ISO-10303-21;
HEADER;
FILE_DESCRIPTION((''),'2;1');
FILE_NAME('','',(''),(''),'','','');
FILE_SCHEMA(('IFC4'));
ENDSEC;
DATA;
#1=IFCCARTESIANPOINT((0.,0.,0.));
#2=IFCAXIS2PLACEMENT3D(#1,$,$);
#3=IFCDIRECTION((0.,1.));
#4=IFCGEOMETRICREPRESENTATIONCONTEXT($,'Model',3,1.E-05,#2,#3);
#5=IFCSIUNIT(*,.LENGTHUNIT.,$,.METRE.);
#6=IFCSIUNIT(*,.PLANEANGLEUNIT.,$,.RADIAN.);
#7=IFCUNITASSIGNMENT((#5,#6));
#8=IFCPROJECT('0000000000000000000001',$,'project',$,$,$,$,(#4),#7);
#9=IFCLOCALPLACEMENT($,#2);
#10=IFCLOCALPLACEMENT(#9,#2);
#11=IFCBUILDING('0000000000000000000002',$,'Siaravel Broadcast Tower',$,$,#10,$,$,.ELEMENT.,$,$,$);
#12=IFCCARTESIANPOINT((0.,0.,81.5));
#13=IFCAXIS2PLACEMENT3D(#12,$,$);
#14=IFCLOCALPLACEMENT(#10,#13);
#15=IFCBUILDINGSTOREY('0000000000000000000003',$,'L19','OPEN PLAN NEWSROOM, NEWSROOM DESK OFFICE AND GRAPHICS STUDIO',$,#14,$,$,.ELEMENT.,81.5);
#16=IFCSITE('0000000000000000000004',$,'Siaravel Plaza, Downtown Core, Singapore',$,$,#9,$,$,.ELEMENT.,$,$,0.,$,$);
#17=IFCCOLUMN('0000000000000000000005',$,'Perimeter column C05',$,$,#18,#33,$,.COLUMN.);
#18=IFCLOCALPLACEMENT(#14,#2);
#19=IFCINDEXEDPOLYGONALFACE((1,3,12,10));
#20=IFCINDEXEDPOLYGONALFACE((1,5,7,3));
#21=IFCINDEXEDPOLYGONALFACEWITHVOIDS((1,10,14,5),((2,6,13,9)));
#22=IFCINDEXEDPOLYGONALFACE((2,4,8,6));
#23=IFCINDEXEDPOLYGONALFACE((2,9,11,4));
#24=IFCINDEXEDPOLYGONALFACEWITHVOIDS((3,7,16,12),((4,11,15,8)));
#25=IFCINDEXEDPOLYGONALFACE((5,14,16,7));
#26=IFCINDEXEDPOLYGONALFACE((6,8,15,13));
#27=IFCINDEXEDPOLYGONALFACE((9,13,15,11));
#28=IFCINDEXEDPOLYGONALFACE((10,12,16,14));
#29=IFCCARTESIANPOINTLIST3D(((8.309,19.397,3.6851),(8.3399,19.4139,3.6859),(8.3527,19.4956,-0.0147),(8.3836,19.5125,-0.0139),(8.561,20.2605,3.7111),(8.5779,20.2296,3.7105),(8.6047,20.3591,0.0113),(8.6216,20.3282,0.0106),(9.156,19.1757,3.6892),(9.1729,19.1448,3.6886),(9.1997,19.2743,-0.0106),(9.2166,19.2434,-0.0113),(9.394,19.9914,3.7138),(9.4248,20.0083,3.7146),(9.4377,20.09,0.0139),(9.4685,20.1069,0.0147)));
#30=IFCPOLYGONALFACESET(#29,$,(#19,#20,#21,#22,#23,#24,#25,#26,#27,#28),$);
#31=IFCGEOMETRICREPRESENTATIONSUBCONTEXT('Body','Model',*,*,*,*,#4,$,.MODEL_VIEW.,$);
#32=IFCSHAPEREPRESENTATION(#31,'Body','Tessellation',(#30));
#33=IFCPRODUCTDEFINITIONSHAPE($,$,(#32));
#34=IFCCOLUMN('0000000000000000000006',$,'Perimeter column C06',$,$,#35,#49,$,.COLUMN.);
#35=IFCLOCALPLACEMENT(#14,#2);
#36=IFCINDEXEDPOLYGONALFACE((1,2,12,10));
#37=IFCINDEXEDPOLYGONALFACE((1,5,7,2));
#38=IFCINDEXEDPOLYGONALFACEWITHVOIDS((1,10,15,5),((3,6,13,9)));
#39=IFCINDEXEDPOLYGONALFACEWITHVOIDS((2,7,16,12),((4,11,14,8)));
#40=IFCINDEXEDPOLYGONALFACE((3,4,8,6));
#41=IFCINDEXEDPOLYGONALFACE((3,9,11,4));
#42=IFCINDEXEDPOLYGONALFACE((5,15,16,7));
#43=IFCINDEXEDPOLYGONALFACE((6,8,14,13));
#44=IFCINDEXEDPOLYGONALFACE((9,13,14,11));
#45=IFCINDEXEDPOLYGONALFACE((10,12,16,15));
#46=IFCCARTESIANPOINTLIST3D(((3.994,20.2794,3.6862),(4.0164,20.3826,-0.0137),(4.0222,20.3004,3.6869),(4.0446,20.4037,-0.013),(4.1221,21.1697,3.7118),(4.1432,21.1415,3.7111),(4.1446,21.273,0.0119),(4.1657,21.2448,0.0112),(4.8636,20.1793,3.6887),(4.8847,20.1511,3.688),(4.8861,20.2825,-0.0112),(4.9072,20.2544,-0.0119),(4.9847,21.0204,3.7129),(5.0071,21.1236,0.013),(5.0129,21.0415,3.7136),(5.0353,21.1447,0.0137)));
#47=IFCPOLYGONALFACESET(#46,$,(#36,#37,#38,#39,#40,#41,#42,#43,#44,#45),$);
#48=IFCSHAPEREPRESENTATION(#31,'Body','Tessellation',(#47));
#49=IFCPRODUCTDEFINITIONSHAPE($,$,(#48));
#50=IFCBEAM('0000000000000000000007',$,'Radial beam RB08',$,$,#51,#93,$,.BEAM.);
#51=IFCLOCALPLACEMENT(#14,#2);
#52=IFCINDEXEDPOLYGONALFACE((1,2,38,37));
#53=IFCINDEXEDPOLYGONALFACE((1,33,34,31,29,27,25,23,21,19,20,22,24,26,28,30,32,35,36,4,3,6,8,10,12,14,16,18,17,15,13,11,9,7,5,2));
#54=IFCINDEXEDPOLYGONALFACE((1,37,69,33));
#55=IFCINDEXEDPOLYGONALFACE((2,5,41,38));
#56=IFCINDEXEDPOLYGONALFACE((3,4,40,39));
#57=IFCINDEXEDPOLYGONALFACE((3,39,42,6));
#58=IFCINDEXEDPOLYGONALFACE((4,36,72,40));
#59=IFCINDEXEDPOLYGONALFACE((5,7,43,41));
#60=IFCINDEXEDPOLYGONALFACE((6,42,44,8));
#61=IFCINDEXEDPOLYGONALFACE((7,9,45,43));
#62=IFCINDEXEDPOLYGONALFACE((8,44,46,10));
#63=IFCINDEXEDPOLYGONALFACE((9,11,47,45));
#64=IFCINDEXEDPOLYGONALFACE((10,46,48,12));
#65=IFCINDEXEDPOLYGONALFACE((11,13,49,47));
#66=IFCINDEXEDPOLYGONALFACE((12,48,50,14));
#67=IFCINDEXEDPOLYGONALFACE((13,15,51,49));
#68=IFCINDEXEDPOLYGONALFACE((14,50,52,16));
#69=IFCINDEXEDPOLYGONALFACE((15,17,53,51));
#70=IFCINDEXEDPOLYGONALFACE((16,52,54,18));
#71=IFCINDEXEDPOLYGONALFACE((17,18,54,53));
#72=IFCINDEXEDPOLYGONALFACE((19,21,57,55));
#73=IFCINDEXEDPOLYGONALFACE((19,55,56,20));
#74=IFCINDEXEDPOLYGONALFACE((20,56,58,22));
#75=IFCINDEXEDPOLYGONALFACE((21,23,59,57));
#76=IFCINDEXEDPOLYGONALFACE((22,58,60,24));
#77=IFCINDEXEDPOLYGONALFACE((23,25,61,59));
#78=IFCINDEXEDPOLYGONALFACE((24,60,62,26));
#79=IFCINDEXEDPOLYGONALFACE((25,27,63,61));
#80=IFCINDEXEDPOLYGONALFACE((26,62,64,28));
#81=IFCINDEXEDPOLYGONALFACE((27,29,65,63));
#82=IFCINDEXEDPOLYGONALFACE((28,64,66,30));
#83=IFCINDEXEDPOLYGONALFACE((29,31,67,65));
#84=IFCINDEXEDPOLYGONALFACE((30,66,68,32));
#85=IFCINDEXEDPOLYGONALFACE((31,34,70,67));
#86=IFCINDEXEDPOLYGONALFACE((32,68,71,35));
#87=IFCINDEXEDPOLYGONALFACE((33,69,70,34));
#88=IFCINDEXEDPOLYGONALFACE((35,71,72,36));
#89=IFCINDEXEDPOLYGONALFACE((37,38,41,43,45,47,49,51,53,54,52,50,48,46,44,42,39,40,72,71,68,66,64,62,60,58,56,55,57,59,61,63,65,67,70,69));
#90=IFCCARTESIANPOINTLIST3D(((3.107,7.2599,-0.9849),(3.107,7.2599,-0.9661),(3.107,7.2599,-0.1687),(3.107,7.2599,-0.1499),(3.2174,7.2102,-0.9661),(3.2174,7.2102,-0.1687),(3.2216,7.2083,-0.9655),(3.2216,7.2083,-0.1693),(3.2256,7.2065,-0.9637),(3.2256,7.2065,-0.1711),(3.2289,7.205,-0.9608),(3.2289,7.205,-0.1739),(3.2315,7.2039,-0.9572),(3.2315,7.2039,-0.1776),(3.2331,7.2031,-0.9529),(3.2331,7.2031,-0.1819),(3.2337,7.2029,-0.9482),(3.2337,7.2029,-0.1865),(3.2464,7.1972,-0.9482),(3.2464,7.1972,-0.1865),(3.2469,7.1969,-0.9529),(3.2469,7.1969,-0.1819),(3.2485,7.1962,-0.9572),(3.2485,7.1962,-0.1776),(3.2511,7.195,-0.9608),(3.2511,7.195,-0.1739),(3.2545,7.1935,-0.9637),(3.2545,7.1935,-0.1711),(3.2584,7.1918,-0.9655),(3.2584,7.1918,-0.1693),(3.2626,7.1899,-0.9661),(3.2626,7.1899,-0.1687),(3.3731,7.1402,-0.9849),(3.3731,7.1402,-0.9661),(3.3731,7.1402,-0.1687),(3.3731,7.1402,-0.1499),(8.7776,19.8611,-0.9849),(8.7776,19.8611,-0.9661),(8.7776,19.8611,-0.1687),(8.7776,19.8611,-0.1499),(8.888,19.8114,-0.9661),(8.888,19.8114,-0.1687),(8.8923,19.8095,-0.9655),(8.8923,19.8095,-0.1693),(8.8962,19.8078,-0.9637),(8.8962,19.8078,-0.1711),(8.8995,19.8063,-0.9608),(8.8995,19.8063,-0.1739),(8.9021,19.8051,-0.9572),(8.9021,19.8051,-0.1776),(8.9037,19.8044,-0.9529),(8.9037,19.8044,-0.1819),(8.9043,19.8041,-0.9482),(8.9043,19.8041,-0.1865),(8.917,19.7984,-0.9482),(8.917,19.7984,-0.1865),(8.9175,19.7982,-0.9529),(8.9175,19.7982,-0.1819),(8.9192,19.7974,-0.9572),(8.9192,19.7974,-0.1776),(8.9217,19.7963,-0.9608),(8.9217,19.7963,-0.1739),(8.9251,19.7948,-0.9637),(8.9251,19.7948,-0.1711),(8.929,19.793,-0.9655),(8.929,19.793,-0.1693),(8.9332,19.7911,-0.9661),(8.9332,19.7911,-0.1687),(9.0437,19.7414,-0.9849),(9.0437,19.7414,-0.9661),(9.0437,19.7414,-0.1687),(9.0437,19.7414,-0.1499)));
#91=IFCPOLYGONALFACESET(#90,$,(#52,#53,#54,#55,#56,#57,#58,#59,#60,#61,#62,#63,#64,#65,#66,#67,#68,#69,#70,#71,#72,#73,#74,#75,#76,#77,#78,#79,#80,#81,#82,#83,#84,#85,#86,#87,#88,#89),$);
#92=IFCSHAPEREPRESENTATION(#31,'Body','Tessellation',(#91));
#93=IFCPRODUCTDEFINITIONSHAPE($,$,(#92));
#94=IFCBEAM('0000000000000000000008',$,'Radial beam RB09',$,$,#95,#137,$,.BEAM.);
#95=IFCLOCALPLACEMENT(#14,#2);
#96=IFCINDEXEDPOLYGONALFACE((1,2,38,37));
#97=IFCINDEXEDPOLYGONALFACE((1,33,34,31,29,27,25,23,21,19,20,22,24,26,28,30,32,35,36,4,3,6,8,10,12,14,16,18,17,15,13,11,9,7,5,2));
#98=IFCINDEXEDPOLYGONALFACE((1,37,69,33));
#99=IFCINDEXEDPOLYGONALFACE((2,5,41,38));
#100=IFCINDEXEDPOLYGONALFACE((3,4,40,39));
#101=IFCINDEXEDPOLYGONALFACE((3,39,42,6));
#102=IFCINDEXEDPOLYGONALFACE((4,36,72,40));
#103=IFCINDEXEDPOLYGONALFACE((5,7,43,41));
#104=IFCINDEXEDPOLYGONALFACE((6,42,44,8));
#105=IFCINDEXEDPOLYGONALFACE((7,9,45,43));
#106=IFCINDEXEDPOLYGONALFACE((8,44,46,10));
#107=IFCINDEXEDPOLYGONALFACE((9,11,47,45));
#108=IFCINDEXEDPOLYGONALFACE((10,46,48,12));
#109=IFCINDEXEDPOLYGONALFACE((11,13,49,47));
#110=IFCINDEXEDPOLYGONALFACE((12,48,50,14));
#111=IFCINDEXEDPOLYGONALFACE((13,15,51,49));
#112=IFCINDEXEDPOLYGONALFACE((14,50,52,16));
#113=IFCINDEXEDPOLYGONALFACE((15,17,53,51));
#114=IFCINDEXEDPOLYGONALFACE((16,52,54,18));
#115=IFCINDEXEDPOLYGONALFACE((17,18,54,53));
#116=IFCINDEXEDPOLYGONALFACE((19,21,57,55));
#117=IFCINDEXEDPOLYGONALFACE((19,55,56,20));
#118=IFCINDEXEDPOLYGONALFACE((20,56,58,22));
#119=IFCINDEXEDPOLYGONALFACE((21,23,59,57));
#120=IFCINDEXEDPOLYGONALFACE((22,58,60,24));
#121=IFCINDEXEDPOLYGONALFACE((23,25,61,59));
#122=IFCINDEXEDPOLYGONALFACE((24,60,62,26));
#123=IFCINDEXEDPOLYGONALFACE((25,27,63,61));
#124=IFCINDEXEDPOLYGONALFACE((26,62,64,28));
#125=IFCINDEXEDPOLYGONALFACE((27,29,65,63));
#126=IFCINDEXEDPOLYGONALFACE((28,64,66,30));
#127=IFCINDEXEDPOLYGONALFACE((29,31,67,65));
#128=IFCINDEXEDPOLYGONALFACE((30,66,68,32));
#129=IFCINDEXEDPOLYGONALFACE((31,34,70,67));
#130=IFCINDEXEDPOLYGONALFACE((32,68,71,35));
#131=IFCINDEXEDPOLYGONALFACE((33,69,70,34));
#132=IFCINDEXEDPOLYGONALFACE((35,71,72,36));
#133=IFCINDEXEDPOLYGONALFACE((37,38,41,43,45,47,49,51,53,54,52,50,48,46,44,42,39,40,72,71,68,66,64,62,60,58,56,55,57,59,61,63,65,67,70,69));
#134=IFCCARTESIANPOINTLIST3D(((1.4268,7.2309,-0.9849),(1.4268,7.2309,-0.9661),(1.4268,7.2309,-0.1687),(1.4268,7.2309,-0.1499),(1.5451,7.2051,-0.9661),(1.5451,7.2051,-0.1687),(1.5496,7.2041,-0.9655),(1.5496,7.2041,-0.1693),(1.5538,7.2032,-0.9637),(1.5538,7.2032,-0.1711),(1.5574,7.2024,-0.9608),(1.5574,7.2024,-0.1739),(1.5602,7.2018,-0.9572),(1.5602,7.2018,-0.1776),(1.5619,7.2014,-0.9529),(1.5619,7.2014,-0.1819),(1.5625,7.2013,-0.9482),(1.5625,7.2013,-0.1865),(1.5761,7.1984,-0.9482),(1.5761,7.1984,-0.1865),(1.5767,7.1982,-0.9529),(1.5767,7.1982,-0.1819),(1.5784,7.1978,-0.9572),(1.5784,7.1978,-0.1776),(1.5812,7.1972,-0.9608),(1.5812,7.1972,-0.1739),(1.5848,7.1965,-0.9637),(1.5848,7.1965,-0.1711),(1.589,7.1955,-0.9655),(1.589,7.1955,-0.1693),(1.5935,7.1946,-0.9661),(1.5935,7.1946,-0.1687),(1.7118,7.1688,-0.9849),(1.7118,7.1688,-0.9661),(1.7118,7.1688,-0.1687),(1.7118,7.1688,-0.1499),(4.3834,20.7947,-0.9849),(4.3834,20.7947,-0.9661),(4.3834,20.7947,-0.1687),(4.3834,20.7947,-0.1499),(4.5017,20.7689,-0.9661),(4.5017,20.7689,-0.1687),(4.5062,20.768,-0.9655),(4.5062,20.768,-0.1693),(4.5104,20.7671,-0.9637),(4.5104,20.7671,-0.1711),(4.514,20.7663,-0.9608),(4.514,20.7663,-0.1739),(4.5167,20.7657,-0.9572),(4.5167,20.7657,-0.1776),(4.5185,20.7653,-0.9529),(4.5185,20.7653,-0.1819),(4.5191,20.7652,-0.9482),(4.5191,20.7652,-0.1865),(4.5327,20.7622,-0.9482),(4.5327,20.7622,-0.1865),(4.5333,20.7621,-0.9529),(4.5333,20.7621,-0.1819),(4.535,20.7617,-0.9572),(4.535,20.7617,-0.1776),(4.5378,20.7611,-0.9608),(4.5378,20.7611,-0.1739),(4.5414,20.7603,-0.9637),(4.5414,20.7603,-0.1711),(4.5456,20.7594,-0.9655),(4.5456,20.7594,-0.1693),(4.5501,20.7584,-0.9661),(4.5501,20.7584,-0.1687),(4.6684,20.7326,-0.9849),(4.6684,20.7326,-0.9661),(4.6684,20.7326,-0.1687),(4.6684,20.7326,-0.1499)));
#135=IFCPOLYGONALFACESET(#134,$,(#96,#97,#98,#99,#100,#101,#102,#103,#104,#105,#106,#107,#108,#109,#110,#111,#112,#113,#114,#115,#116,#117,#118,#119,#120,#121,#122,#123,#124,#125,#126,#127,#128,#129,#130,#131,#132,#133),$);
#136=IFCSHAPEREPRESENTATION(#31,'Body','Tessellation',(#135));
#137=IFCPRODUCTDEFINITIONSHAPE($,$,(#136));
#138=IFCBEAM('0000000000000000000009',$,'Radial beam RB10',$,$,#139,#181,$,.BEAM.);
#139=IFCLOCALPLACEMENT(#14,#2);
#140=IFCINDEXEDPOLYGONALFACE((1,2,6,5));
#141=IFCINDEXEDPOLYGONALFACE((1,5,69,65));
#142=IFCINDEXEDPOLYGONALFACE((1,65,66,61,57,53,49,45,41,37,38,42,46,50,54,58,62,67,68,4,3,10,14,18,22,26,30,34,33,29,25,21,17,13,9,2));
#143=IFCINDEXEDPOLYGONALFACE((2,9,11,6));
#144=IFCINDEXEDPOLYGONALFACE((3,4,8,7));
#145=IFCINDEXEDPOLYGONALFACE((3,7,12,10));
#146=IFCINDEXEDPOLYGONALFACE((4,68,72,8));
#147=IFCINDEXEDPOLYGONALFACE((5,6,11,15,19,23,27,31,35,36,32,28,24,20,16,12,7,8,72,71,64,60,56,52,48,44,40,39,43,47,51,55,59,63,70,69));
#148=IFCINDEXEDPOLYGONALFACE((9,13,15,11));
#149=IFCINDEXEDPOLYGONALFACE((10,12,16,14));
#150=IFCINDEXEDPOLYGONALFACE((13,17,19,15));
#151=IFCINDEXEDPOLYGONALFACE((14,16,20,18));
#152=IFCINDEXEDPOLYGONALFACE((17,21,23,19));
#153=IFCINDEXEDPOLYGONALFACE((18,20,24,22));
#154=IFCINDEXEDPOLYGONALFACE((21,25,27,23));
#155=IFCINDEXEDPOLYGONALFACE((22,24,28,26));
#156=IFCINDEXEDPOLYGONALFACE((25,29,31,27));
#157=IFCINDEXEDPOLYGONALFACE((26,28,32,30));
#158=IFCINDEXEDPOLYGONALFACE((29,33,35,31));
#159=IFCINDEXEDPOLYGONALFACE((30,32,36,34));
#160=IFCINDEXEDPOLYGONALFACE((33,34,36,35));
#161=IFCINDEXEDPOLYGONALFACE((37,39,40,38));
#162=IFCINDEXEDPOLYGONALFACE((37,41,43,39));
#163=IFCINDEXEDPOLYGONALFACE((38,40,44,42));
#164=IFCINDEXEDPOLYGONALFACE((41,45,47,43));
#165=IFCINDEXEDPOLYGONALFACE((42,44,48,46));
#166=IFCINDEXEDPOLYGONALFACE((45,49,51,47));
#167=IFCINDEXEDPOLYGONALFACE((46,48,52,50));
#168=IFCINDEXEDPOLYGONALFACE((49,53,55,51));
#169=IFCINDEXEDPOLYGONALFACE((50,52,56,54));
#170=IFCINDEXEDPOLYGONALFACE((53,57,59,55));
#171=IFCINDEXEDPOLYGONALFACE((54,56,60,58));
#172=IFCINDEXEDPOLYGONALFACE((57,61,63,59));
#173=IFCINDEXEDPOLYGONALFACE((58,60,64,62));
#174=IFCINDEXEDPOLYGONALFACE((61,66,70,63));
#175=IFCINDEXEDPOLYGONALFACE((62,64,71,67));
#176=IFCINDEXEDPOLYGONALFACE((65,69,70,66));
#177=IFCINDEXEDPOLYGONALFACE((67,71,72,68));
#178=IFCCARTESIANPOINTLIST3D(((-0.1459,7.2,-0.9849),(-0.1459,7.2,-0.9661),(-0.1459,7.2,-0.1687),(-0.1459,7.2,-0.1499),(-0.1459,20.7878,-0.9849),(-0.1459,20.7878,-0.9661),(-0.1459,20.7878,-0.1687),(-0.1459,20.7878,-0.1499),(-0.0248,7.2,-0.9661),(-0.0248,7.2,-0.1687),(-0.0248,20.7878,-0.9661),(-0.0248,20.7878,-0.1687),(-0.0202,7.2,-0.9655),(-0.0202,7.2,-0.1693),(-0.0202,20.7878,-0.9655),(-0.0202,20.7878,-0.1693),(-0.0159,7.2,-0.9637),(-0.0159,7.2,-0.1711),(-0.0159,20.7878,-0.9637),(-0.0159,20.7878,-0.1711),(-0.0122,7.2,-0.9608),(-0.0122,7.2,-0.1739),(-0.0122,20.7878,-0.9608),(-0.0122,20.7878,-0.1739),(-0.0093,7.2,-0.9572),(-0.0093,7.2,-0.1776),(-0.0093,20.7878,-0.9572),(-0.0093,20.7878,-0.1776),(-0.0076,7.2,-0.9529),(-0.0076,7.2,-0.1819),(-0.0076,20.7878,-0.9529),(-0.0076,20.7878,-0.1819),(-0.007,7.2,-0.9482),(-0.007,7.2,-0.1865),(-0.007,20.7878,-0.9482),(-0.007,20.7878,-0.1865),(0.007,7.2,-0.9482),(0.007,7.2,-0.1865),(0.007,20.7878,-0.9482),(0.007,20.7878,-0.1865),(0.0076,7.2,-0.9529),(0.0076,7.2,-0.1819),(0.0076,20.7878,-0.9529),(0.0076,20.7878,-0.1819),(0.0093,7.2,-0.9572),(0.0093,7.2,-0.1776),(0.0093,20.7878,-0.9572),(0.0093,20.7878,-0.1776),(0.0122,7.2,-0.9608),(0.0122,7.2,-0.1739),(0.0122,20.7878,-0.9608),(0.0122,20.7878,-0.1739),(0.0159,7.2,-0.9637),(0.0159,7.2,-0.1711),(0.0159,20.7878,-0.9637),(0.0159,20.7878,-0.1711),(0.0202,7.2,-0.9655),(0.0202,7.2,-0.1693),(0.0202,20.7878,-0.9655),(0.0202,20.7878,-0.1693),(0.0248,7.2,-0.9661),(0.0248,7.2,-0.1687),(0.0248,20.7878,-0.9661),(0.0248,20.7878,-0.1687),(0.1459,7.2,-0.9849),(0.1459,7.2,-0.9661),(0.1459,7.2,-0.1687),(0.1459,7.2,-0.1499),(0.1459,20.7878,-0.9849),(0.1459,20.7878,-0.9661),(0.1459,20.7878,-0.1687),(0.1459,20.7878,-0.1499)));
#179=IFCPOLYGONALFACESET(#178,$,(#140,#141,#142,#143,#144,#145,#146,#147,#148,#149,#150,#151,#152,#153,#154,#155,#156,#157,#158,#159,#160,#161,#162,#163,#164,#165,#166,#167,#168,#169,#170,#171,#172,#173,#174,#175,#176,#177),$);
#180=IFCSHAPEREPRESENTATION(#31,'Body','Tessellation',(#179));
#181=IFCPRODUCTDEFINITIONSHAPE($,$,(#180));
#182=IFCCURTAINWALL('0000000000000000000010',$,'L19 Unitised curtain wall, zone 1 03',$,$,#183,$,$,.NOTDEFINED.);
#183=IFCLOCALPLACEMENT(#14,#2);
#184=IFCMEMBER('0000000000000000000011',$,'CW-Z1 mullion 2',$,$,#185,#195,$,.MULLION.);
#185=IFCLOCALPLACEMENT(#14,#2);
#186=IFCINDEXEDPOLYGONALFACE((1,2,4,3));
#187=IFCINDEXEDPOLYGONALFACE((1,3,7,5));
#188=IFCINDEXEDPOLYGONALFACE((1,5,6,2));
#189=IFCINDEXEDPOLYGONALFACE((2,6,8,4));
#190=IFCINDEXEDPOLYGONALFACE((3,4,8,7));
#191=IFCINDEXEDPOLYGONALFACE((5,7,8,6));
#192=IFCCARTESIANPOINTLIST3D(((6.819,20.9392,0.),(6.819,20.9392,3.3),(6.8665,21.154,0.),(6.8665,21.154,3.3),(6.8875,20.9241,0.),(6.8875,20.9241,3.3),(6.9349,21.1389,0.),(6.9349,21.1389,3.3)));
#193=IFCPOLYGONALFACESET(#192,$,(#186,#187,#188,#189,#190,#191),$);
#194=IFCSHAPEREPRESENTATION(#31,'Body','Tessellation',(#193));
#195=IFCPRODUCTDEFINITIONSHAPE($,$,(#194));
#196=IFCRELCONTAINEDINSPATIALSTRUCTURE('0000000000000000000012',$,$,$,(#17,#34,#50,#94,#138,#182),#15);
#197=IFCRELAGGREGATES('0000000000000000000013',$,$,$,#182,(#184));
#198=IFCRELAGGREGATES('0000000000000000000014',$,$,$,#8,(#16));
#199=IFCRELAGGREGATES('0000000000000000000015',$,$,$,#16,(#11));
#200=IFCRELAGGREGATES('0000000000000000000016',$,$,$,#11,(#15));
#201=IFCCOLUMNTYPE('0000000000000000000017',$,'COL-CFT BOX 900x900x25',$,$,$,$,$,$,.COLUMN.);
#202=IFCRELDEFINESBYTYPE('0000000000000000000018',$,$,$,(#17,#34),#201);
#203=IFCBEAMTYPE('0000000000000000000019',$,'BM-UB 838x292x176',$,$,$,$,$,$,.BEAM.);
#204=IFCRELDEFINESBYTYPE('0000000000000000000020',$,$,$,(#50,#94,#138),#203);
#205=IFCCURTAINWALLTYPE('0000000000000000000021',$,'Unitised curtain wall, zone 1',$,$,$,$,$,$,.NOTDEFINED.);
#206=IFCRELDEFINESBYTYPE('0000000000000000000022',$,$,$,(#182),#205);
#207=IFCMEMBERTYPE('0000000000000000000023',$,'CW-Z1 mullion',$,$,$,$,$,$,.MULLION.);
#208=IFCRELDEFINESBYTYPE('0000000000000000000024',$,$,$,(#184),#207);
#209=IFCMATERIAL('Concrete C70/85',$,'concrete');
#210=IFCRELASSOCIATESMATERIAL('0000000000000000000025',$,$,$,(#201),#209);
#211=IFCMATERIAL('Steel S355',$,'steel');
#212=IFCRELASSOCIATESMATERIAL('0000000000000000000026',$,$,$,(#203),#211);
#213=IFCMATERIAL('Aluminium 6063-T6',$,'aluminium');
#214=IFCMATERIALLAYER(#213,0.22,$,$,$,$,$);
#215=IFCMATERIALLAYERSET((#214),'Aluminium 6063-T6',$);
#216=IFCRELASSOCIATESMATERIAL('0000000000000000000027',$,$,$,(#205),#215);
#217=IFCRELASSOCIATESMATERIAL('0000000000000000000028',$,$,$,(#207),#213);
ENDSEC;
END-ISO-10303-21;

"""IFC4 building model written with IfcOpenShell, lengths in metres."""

from ifc_helpers import new_model, si_unit, direction, frame, origin, origin_2d, place, context, subcontext, project, spatial, rectangle, hollow_rectangle, i_section, extrude, material, layer, layer_set, material_profile, profile_set, type_object, element, aggregate, save


model = new_model("IFC4")

# Units and contexts
model_context = context("Model", 3, precision=1e-05, world=origin(), true_north=direction((0.0, 1.0)))
body_context = subcontext(model_context, "Body", "Model", "MODEL_VIEW")
ifc_project = project(units=[si_unit("LENGTHUNIT", "METRE"), si_unit("PLANEANGLEUNIT", "RADIAN")], contexts=[model_context])

# Site, building, storey
site_placement = place(None, origin())
site = spatial("IfcSite", under=ifc_project, at=site_placement, Name="Siaravel Plaza, Downtown Core, Singapore", CompositionType="ELEMENT", RefElevation=0.0)
building_placement = place(site_placement, origin())
building = spatial("IfcBuilding", under=site, at=building_placement, Name="Siaravel Broadcast Tower", CompositionType="ELEMENT")
storey_placement = place(building_placement, frame((0.0, 0.0, 81.5)))
storey = spatial("IfcBuildingStorey", under=building, at=storey_placement, Name="L19", Description="OPEN PLAN NEWSROOM, NEWSROOM DESK OFFICE AND GRAPHICS STUDIO", CompositionType="ELEMENT", Elevation=81.5)

# Columns
ifc_material_1 = material(Name="Concrete C70/85", Category="concrete")
ifc_material_profile_1 = material_profile(ifc_material_1, hollow_rectangle(XDim=0.8999, YDim=0.8999, WallThickness=0.0249, at=origin_2d()))
ifc_profile_set_1 = profile_set([ifc_material_profile_1], Name="Concrete C70/85")
column_type = type_object("IfcColumnType", Name="COL-CFT BOX 900x900x25", PredefinedType="COLUMN", material=ifc_profile_set_1)
for number, where, z_axis, x_axis, name in (
    (1, (8.9106, 19.8013, 0.0), (-0.011806, -0.026647, 0.999575), (0.959931, -0.28021, 0.003868), "Perimeter column C05"),
    (2, (4.5259, 20.7637, 0.0), (-0.006068, -0.0279, 0.999592), (0.989789, -0.142526, 0.00203), "Perimeter column C06"),
):
    element("IfcColumn", number, at=place(storey_placement, frame(where, z_axis=z_axis, x_axis=x_axis)), inside=storey, type_object=column_type, Name=name, PredefinedType="COLUMN", context=body_context, shape_type="SweptSolid", body=[
        extrude(hollow_rectangle(XDim=0.8999, YDim=0.8999, WallThickness=0.0249, at=origin_2d()), origin(), (0.0, 0.0, 1.0), 3.7014),
    ])

# Beams
ifc_material_2 = material(Name="Steel S355", Category="steel")
ifc_material_profile_2 = material_profile(ifc_material_2, i_section(OverallWidth=0.2917, OverallDepth=0.835, WebThickness=0.0139, FlangeThickness=0.0188, FilletRadius=0.0178, at=origin_2d()))
ifc_profile_set_2 = profile_set([ifc_material_profile_2], Name="Steel S355")
beam_type = type_object("IfcBeamType", Name="BM-UB 838x292x176", PredefinedType="BEAM", material=ifc_profile_set_2)
beam_1_placement = place(storey_placement, frame((8.9106, 19.8013, -0.5674), z_axis=(-0.410368, -0.91192, 0.0), x_axis=(0.91192, -0.410368, 0.0)))
element("IfcBeam", 3, at=beam_1_placement, inside=storey, type_object=beam_type, Name="Radial beam RB08", PredefinedType="BEAM", context=body_context, shape_type="SweptSolid", body=[
    extrude(i_section(OverallWidth=0.2917, OverallDepth=0.835, WebThickness=0.0139, FlangeThickness=0.0188, FilletRadius=0.0178, at=origin_2d()), origin(), (0.0, 0.0, 1.0), 13.8184),
])
beam_2_placement = place(storey_placement, frame((4.5259, 20.7637, -0.5674), z_axis=(-0.212974, -0.977058, 0.0), x_axis=(0.977058, -0.212974, 0.0)))
element("IfcBeam", 4, at=beam_2_placement, inside=storey, type_object=beam_type, Name="Radial beam RB09", PredefinedType="BEAM", context=body_context, shape_type="SweptSolid", body=[
    extrude(i_section(OverallWidth=0.2917, OverallDepth=0.835, WebThickness=0.0139, FlangeThickness=0.0188, FilletRadius=0.0178, at=origin_2d()), origin(), (0.0, 0.0, 1.0), 13.8823),
])
beam_3_placement = place(storey_placement, frame((0.0, 20.7878, -0.5674), z_axis=(0.0, -1.0, 0.0), x_axis=(1.0, 0.0, 0.0)))
element("IfcBeam", 5, at=beam_3_placement, inside=storey, type_object=beam_type, Name="Radial beam RB10", PredefinedType="BEAM", context=body_context, shape_type="SweptSolid", body=[
    extrude(i_section(OverallWidth=0.2917, OverallDepth=0.835, WebThickness=0.0139, FlangeThickness=0.0188, FilletRadius=0.0178, at=origin_2d()), origin(), (0.0, 0.0, 1.0), 13.5879),
])

# Curtain wall, member
ifc_material_3 = material(Name="Aluminium 6063-T6", Category="aluminium")
ifc_layer_1 = layer(ifc_material_3, 0.22)
ifc_layer_set_1 = layer_set([ifc_layer_1], Name="Aluminium 6063-T6")
curtain_wall_type = type_object("IfcCurtainWallType", Name="Unitised curtain wall, zone 1", PredefinedType="NOTDEFINED", material=ifc_layer_set_1)
curtain_wall_placement = place(storey_placement, origin())
curtain_wall = element("IfcCurtainWall", 6, at=curtain_wall_placement, inside=storey, type_object=curtain_wall_type, Name="L19 Unitised curtain wall, zone 1 03", PredefinedType="NOTDEFINED")
ifc_material_profile_3 = material_profile(ifc_material_3, rectangle(XDim=0.22, YDim=0.0701, at=origin_2d()))
ifc_profile_set_3 = profile_set([ifc_material_profile_3], Name="Aluminium 6063-T6")
member_type_1 = type_object("IfcMemberType", Name="CW-Z1 mullion", PredefinedType="MULLION", material=ifc_profile_set_3)
member_1_placement = place(storey_placement, frame((6.877, 21.0391, 0.0), z_axis=(0.0, 0.0, 1.0), x_axis=(-0.215558, -0.976491, 0.0)))
member_1 = element("IfcMember", 7, at=member_1_placement, type_object=member_type_1, Name="CW-Z1 mullion 2", PredefinedType="MULLION", context=body_context, shape_type="SweptSolid", body=[
    extrude(rectangle(XDim=0.22, YDim=0.0701, at=origin_2d()), origin(), (0.0, 0.0, 1.0), 3.3),
])

aggregate(curtain_wall, [member_1])

save(model, "model.ifc")
